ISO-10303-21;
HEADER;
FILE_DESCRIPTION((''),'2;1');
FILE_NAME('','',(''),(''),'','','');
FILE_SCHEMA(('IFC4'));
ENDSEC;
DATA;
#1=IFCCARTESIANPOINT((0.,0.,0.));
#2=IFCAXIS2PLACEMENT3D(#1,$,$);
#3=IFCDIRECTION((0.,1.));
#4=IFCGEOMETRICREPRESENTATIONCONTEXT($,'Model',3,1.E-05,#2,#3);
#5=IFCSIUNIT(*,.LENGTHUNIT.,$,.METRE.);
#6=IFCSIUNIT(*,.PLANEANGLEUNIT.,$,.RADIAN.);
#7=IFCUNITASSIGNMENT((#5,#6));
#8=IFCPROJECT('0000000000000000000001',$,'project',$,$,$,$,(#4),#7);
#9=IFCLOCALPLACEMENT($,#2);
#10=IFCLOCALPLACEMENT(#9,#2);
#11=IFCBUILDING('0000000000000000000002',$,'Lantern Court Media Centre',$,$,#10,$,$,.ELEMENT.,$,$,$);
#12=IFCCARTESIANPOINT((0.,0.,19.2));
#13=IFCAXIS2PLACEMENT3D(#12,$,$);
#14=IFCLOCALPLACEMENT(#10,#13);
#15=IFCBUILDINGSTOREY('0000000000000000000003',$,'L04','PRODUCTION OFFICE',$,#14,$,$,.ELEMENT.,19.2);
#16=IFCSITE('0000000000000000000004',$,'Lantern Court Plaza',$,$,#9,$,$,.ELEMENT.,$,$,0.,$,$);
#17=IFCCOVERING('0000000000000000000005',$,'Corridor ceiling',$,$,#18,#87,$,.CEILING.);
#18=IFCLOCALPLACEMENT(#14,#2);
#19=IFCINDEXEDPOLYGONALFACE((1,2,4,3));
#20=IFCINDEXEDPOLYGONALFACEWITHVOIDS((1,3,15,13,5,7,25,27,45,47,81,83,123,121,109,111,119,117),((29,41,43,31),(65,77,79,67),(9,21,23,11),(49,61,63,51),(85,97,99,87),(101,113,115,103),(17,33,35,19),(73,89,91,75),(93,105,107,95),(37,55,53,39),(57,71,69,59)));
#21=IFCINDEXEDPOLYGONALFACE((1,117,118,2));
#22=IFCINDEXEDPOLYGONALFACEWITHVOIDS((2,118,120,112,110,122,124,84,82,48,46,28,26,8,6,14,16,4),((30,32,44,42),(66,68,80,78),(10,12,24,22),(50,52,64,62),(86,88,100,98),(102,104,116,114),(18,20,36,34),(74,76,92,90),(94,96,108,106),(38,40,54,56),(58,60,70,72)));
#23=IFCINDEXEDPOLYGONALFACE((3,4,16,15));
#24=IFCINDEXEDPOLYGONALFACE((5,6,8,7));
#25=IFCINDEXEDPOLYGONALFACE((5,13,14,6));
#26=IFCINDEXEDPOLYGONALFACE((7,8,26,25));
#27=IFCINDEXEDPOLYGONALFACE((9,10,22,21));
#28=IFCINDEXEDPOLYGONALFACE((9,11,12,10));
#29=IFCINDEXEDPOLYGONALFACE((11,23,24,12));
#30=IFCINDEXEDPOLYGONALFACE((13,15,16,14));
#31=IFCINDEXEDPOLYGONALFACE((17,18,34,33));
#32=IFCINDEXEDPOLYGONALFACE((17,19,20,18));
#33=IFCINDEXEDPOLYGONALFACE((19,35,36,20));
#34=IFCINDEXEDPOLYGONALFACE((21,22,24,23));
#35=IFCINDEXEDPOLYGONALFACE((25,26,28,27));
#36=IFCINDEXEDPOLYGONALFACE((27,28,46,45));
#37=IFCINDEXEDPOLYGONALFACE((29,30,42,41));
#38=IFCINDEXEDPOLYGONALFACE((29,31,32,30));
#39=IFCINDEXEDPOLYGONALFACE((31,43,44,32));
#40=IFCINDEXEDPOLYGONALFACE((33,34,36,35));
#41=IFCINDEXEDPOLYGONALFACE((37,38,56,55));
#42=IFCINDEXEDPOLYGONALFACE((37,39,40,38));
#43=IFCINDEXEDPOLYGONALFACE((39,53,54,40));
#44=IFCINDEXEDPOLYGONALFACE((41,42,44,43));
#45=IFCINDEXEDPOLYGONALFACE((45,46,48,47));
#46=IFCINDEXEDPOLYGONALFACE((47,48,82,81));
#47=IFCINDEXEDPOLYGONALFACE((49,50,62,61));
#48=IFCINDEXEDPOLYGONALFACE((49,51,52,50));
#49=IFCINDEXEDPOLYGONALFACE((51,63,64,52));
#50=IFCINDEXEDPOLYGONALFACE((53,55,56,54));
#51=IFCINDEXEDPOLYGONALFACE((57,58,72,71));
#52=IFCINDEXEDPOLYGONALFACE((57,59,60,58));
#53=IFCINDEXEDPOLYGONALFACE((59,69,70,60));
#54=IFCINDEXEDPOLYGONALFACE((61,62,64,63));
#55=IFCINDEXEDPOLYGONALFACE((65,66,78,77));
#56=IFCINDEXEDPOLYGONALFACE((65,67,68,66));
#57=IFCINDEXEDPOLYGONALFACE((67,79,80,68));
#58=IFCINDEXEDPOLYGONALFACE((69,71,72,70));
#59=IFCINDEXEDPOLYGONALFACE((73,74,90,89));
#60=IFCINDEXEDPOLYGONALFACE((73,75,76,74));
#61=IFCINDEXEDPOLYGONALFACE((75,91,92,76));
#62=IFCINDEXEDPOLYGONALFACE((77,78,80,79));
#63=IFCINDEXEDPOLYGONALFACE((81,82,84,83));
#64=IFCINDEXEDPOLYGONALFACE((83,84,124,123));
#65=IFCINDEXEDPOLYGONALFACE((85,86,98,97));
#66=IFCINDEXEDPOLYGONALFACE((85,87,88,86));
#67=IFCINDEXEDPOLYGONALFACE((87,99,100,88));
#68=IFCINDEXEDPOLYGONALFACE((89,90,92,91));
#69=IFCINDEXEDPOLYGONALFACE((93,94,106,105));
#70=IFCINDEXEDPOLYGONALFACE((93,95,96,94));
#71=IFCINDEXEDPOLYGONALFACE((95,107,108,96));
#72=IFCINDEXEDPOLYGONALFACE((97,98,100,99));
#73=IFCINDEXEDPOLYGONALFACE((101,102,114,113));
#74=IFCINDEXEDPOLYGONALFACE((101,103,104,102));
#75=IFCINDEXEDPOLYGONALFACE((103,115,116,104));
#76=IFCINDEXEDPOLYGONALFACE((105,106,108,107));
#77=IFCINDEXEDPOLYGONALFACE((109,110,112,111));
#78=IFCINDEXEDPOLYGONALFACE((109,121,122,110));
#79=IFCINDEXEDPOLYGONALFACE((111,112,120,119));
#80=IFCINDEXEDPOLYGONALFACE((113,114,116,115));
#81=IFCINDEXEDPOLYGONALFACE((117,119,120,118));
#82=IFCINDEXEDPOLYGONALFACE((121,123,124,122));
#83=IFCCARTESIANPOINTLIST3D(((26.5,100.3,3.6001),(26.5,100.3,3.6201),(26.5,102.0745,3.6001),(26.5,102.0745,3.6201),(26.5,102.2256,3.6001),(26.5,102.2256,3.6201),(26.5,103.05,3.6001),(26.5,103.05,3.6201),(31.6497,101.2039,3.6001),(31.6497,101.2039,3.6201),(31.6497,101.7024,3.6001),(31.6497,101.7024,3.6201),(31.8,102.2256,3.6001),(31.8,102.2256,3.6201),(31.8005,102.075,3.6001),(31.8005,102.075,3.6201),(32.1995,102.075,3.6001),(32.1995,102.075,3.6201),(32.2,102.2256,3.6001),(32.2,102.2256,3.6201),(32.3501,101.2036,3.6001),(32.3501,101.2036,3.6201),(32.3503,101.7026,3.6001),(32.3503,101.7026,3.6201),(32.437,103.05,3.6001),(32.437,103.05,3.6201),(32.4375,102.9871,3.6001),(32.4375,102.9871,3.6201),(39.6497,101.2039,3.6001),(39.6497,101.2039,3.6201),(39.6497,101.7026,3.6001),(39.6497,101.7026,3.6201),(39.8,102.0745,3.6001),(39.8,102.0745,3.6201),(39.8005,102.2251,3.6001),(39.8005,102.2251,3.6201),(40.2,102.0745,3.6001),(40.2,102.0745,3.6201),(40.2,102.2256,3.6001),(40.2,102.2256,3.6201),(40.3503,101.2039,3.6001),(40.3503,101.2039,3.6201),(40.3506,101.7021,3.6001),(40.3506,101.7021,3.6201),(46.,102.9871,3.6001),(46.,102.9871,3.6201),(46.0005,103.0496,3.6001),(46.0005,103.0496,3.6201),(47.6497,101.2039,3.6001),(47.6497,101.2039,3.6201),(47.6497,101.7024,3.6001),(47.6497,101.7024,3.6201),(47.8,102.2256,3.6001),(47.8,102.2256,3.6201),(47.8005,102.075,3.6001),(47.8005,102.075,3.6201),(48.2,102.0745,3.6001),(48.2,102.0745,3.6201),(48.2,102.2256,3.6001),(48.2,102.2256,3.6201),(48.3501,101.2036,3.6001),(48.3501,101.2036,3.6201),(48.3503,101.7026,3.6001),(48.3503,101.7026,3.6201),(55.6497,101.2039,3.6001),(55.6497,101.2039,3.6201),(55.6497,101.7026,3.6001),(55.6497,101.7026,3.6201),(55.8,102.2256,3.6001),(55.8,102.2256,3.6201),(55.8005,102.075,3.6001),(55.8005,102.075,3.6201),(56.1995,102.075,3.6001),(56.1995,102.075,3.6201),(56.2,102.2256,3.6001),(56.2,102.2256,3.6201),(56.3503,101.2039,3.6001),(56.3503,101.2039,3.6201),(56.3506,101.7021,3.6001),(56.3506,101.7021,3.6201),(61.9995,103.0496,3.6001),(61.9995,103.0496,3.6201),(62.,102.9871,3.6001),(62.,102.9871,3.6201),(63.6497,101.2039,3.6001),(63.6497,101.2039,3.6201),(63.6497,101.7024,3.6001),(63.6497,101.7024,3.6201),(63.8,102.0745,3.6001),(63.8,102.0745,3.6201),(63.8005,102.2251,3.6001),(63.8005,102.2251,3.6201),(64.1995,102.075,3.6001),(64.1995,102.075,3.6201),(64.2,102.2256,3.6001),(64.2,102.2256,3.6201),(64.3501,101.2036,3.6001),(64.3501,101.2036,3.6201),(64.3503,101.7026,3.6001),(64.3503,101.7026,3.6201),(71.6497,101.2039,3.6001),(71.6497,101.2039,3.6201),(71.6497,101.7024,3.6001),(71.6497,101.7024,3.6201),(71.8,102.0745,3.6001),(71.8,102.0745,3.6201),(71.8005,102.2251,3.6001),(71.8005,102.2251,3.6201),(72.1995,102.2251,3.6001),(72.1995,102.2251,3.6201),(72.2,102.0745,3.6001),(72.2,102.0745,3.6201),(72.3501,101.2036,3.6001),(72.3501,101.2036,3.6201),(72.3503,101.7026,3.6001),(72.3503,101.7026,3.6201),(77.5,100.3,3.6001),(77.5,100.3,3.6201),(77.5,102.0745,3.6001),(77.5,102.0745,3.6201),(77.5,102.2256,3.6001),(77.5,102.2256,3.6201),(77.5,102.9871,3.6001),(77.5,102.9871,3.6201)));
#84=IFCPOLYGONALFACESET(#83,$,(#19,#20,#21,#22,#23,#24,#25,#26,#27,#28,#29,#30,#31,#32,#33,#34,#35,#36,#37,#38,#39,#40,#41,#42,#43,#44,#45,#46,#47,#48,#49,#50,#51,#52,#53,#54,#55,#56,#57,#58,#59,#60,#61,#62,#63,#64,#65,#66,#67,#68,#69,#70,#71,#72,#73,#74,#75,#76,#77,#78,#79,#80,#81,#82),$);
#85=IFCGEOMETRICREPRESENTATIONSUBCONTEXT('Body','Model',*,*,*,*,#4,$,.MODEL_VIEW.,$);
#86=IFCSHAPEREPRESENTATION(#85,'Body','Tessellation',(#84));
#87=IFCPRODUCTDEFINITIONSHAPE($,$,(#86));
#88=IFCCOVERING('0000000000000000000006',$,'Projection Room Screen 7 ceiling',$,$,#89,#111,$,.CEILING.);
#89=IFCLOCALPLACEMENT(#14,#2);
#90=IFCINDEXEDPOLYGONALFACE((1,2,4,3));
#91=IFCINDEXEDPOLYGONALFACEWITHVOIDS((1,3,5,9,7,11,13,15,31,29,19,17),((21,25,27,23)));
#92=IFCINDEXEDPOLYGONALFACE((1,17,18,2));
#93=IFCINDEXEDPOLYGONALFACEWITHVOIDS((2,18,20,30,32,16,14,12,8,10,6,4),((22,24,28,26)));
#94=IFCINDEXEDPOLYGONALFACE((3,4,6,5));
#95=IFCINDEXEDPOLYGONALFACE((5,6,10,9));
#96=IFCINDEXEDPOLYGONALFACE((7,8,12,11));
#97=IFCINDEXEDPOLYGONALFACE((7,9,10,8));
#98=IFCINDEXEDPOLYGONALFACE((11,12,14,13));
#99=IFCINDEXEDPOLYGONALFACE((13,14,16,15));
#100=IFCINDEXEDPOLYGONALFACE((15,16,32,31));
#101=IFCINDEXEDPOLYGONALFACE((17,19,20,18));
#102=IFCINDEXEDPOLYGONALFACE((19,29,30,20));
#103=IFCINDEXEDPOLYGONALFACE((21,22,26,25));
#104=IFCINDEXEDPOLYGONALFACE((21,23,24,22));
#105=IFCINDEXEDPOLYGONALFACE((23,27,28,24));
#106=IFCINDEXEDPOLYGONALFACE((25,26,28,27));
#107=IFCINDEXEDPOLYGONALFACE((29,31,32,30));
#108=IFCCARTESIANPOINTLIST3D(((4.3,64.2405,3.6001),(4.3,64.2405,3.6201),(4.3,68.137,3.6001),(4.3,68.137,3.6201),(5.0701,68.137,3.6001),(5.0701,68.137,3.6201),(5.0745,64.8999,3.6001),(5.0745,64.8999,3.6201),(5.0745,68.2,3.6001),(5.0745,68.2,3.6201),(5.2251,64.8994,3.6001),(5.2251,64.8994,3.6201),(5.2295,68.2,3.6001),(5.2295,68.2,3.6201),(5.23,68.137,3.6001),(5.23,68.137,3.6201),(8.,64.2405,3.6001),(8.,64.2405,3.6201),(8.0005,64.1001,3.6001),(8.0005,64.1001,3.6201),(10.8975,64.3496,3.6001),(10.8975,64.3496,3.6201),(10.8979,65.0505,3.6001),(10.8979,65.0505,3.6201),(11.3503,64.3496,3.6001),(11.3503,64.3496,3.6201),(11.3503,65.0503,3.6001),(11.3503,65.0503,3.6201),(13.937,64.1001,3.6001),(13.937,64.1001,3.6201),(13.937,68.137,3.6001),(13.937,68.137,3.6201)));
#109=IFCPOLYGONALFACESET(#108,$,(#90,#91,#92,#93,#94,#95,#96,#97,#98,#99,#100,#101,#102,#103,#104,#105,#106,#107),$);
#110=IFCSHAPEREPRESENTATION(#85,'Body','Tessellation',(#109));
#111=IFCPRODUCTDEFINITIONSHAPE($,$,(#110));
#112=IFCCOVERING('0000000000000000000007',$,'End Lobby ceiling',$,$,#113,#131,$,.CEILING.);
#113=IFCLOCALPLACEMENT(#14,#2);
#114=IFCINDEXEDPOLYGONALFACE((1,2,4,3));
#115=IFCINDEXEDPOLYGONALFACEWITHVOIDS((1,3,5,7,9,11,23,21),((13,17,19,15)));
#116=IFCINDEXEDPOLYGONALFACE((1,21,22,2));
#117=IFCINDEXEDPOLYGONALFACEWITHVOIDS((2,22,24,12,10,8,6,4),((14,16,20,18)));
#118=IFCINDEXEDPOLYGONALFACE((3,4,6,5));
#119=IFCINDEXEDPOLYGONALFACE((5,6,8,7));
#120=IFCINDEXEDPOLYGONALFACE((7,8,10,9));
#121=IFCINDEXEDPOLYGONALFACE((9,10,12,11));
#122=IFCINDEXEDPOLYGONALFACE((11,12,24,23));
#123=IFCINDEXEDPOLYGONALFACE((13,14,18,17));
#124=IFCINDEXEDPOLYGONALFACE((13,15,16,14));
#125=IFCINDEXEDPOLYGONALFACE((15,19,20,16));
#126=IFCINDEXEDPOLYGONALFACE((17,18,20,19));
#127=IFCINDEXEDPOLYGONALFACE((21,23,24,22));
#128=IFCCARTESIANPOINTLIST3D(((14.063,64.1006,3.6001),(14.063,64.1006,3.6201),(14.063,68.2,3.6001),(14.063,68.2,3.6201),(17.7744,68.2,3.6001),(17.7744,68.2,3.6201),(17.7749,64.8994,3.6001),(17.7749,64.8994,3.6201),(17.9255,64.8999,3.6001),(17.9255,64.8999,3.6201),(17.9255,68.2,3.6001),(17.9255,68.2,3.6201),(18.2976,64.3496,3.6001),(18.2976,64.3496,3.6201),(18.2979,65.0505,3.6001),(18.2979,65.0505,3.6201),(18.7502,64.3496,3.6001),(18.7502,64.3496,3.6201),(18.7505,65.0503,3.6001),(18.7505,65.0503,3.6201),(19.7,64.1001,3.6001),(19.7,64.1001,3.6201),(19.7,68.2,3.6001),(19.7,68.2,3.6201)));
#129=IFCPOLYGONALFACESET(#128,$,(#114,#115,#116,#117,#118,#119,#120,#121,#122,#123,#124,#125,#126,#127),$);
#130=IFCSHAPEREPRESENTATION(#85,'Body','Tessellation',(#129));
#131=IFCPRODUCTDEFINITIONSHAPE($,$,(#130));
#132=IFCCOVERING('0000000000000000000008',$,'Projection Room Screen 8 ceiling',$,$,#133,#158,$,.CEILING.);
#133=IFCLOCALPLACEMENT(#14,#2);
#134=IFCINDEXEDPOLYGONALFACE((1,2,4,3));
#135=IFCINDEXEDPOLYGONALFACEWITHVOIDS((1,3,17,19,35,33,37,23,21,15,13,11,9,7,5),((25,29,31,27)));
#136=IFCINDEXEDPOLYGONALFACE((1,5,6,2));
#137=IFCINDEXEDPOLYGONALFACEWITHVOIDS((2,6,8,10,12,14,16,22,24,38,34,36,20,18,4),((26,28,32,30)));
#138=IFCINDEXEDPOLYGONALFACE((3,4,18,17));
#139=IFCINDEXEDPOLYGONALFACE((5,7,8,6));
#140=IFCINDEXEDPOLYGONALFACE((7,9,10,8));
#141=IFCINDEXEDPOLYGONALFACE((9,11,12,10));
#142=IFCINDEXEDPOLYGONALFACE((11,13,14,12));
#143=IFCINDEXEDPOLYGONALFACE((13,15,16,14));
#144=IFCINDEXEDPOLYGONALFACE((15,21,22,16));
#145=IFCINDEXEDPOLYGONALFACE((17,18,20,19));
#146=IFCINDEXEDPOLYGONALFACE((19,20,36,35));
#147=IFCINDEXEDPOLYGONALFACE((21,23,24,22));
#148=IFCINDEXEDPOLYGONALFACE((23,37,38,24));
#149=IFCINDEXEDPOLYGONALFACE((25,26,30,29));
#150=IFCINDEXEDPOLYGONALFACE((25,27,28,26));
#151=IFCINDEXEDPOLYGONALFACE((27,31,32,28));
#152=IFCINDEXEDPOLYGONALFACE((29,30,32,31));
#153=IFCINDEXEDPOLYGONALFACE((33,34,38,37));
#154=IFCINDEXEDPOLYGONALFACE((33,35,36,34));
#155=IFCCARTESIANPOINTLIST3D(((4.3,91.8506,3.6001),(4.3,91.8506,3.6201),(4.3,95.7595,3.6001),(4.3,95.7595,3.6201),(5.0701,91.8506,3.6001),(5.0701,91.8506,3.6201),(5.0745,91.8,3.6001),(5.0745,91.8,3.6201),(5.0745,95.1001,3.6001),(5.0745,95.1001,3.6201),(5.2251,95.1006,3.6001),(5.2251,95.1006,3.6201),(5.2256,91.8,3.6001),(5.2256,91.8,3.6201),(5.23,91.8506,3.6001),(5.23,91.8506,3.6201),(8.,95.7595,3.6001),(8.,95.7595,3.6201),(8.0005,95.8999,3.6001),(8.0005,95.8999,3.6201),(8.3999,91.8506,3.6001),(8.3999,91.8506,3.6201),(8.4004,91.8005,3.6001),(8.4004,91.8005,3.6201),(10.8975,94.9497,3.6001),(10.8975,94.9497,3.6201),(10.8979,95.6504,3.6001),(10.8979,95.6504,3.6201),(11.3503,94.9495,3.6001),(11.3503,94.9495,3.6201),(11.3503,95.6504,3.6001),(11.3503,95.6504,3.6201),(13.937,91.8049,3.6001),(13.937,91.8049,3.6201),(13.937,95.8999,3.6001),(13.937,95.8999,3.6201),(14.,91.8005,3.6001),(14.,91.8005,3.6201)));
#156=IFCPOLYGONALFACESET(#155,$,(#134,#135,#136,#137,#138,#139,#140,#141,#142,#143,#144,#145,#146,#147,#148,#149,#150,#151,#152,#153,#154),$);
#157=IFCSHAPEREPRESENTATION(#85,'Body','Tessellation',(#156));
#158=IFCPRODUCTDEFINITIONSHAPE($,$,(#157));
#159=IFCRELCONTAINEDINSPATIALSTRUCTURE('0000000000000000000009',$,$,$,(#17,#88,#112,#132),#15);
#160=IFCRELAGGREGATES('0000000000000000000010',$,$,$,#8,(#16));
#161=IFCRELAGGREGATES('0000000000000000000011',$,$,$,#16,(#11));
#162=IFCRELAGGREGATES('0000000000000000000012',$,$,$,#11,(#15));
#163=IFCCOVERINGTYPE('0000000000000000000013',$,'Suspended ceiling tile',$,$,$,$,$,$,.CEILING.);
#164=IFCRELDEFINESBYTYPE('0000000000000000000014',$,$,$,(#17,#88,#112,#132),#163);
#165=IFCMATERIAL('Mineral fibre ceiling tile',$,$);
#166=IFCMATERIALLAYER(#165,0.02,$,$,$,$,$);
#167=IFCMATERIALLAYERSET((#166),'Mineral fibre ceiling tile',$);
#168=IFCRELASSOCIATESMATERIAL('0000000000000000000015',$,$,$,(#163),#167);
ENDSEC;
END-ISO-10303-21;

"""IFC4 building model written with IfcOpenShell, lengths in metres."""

from ifc_helpers import new_model, si_unit, direction, frame, origin, place, context, subcontext, project, spatial, polyline, outline, extrude, material, layer, layer_set, type_object, element, save


model = new_model("IFC4")

# Units and contexts
model_context = context("Model", 3, precision=1e-05, world=origin(), true_north=direction((0.0, 1.0)))
body_context = subcontext(model_context, "Body", "Model", "MODEL_VIEW")
ifc_project = project(units=[si_unit("LENGTHUNIT", "METRE"), si_unit("PLANEANGLEUNIT", "RADIAN")], contexts=[model_context])

# Site, building, storey
site_placement = place(None, origin())
site = spatial("IfcSite", under=ifc_project, at=site_placement, Name="Lantern Court Plaza", CompositionType="ELEMENT", RefElevation=0.0)
building_placement = place(site_placement, origin())
building = spatial("IfcBuilding", under=site, at=building_placement, Name="Lantern Court Media Centre", CompositionType="ELEMENT")
storey_placement = place(building_placement, frame((0.0, 0.0, 19.2)))
storey = spatial("IfcBuildingStorey", under=building, at=storey_placement, Name="L04", Description="PRODUCTION OFFICE", CompositionType="ELEMENT", Elevation=19.2)

# Coverings
ifc_material_1 = material(Name="Mineral fibre ceiling tile")
ifc_layer_1 = layer(ifc_material_1, 0.02)
ifc_layer_set_1 = layer_set([ifc_layer_1], Name="Mineral fibre ceiling tile")
covering_type_1 = type_object("IfcCoveringType", Name="Suspended ceiling tile", PredefinedType="CEILING", material=ifc_layer_set_1)
covering_1_placement = place(storey_placement, frame((0.0, 0.0, 3.6001)))
element("IfcCovering", 1, at=covering_1_placement, inside=storey, type_object=covering_type_1, Name="Corridor ceiling", PredefinedType="CEILING", context=body_context, shape_type="SweptSolid", body=[
    extrude(outline(polyline([(77.5, 100.3), (26.5, 100.3), (26.5, 102.0745), (31.8005, 102.075), (31.8, 102.2256), (26.5, 102.2256), (26.5, 103.05), (32.437, 103.05), (32.4375, 102.9871), (46.0, 102.9871), (46.0005, 103.0496), (61.9995, 103.0496), (62.0, 102.9871), (77.5, 102.9871), (77.5, 102.2256), (72.1995, 102.2251), (72.2, 102.0745), (77.5, 102.0745), (77.5, 100.3)]), holes=[polyline([(72.3501, 101.2036), (72.3503, 101.7026), (71.6497, 101.7024), (71.6497, 101.2039), (72.3501, 101.2036)]), polyline([(64.1995, 102.075), (71.8, 102.0745), (71.8005, 102.2251), (64.2, 102.2256), (64.1995, 102.075)]), polyline([(64.3501, 101.2036), (64.3503, 101.7026), (63.6497, 101.7024), (63.6497, 101.2039), (64.3501, 101.2036)]), polyline([(56.1995, 102.075), (63.8, 102.0745), (63.8005, 102.2251), (56.2, 102.2256), (56.1995, 102.075)]), polyline([(56.3506, 101.7021), (55.6497, 101.7026), (55.6497, 101.2039), (56.3503, 101.2039), (56.3506, 101.7021)]), polyline([(48.2, 102.2256), (48.2, 102.0745), (55.8005, 102.075), (55.8, 102.2256), (48.2, 102.2256)]), polyline([(48.3501, 101.2036), (48.3503, 101.7026), (47.6497, 101.7024), (47.6497, 101.2039), (48.3501, 101.2036)]), polyline([(40.2, 102.2256), (40.2, 102.0745), (47.8005, 102.075), (47.8, 102.2256), (40.2, 102.2256)]), polyline([(40.3506, 101.7021), (39.6497, 101.7026), (39.6497, 101.2039), (40.3503, 101.2039), (40.3506, 101.7021)]), polyline([(32.1995, 102.075), (39.8, 102.0745), (39.8005, 102.2251), (32.2, 102.2256), (32.1995, 102.075)]), polyline([(32.3501, 101.2036), (32.3503, 101.7026), (31.6497, 101.7024), (31.6497, 101.2039), (32.3501, 101.2036)])]), origin(), (0.0, 0.0, 1.0), 0.02),
])
covering_2_placement = place(storey_placement, frame((0.0, 0.0, 3.6001)))
element("IfcCovering", 2, at=covering_2_placement, inside=storey, type_object=covering_type_1, Name="Projection Room Screen 7 ceiling", PredefinedType="CEILING", context=body_context, shape_type="SweptSolid", body=[
    extrude(outline(polyline([(5.2295, 68.2), (5.23, 68.137), (13.937, 68.137), (13.937, 64.1001), (8.0005, 64.1001), (8.0, 64.2405), (4.3, 64.2405), (4.3, 68.137), (5.0701, 68.137), (5.0745, 68.2), (5.0745, 64.8999), (5.2251, 64.8994), (5.2295, 68.2)]), holes=[polyline([(10.8979, 65.0505), (10.8975, 64.3496), (11.3503, 64.3496), (11.3503, 65.0503), (10.8979, 65.0505)])]), origin(), (0.0, 0.0, 1.0), 0.02),
])
covering_3_placement = place(storey_placement, frame((0.0, 0.0, 3.6001)))
element("IfcCovering", 3, at=covering_3_placement, inside=storey, type_object=covering_type_1, Name="End Lobby ceiling", PredefinedType="CEILING", context=body_context, shape_type="SweptSolid", body=[
    extrude(outline(polyline([(19.7, 68.2), (19.7, 64.1001), (14.063, 64.1006), (14.063, 68.2), (17.7744, 68.2), (17.7749, 64.8994), (17.9255, 64.8999), (17.9255, 68.2), (19.7, 68.2)]), holes=[polyline([(18.2979, 65.0505), (18.2976, 64.3496), (18.7502, 64.3496), (18.7505, 65.0503), (18.2979, 65.0505)])]), origin(), (0.0, 0.0, 1.0), 0.02),
])
covering_4_placement = place(storey_placement, frame((0.0, 0.0, 3.6001)))
element("IfcCovering", 4, at=covering_4_placement, inside=storey, type_object=covering_type_1, Name="Projection Room Screen 8 ceiling", PredefinedType="CEILING", context=body_context, shape_type="SweptSolid", body=[
    extrude(outline(polyline([(14.0, 91.8005), (8.4004, 91.8005), (8.3999, 91.8506), (5.23, 91.8506), (5.2256, 91.8), (5.2251, 95.1006), (5.0745, 95.1001), (5.0745, 91.8), (5.0701, 91.8506), (4.3, 91.8506), (4.3, 95.7595), (8.0, 95.7595), (8.0005, 95.8999), (13.937, 95.8999), (13.937, 91.8049), (14.0, 91.8005)]), holes=[polyline([(10.8979, 95.6504), (10.8975, 94.9497), (11.3503, 94.9495), (11.3503, 95.6504), (10.8979, 95.6504)])]), origin(), (0.0, 0.0, 1.0), 0.02),
])

save(model, "model.ifc")
